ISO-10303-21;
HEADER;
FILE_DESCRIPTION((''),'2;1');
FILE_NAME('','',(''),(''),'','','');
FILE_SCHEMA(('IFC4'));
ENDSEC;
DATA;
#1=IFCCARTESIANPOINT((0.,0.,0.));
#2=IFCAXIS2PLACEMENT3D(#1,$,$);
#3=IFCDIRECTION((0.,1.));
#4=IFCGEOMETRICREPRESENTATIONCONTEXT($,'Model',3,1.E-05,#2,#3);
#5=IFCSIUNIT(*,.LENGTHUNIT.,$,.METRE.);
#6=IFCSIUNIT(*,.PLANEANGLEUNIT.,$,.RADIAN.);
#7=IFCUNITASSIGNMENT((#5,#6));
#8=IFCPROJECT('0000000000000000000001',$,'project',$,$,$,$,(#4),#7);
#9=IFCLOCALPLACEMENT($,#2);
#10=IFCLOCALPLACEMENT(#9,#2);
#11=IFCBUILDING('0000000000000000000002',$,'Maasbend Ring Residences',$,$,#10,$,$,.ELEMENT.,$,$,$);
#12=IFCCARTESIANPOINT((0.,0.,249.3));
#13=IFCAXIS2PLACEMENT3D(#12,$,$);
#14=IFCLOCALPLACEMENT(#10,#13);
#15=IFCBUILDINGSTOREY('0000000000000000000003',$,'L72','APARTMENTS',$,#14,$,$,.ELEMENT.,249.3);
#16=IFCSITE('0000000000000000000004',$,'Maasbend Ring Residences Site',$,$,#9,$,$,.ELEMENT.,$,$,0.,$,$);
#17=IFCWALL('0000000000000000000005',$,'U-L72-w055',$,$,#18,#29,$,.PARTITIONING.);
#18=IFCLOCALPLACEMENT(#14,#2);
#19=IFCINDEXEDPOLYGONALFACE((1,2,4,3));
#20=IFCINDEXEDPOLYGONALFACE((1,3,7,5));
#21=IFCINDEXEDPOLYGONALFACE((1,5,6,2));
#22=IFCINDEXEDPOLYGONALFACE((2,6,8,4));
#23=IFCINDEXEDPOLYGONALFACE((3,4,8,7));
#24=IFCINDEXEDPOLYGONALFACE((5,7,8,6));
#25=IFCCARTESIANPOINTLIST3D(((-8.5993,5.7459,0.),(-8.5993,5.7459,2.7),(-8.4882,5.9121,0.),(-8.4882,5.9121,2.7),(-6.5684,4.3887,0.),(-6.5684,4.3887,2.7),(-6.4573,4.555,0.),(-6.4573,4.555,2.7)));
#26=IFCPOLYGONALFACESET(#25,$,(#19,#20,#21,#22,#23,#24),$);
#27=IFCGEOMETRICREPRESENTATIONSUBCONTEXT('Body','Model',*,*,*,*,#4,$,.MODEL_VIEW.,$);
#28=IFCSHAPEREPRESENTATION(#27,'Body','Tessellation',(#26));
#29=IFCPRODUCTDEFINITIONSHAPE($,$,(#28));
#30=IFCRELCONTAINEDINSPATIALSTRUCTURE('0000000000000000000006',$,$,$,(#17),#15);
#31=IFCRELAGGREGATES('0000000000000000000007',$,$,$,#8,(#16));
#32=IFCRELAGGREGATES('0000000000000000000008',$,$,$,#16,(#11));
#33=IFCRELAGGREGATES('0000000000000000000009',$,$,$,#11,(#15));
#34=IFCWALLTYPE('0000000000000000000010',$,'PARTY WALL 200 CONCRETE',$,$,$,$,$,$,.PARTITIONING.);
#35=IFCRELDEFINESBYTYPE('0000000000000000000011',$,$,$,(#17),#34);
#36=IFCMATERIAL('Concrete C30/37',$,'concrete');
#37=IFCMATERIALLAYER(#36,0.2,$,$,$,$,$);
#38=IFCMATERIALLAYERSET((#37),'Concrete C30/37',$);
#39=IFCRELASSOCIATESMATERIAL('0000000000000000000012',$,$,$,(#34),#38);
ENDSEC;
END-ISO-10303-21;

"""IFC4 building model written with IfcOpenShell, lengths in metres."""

from ifc_helpers import new_model, si_unit, direction, frame, frame_2d, origin, place, context, subcontext, project, spatial, rectangle, extrude, material, layer, layer_set, type_object, element, save


model = new_model("IFC4")

# Units and contexts
model_context = context("Model", 3, precision=1e-05, world=origin(), true_north=direction((0.0, 1.0)))
body_context = subcontext(model_context, "Body", "Model", "MODEL_VIEW")
ifc_project = project(units=[si_unit("LENGTHUNIT", "METRE"), si_unit("PLANEANGLEUNIT", "RADIAN")], contexts=[model_context])

# Site, building, storey
site_placement = place(None, origin())
site = spatial("IfcSite", under=ifc_project, at=site_placement, Name="Maasbend Ring Residences Site", CompositionType="ELEMENT", RefElevation=0.0)
building_placement = place(site_placement, origin())
building = spatial("IfcBuilding", under=site, at=building_placement, Name="Maasbend Ring Residences", CompositionType="ELEMENT")
storey_placement = place(building_placement, frame((0.0, 0.0, 249.3)))
storey = spatial("IfcBuildingStorey", under=building, at=storey_placement, Name="L72", Description="APARTMENTS", CompositionType="ELEMENT", Elevation=249.3)

# Wall
ifc_material_1 = material(Name="Concrete C30/37", Category="concrete")
ifc_layer_1 = layer(ifc_material_1, 0.2)
ifc_layer_set_1 = layer_set([ifc_layer_1], Name="Concrete C30/37")
wall_type = type_object("IfcWallType", Name="PARTY WALL 200 CONCRETE", PredefinedType="PARTITIONING", material=ifc_layer_set_1)
wall_placement = place(storey_placement, frame((-6.5129, 4.4719, 0.0), z_axis=(0.0, 0.0, 1.0), x_axis=(-0.83145, 0.555599, 0.0)))
element("IfcWall", 1, at=wall_placement, inside=storey, type_object=wall_type, Name="U-L72-w055", PredefinedType="PARTITIONING", context=body_context, shape_type="SweptSolid", body=[
    extrude(rectangle(XDim=2.4426, YDim=0.2, at=frame_2d((1.2212, 0.0))), origin(), (0.0, 0.0, 1.0), 2.7),
])

save(model, "model.ifc")
